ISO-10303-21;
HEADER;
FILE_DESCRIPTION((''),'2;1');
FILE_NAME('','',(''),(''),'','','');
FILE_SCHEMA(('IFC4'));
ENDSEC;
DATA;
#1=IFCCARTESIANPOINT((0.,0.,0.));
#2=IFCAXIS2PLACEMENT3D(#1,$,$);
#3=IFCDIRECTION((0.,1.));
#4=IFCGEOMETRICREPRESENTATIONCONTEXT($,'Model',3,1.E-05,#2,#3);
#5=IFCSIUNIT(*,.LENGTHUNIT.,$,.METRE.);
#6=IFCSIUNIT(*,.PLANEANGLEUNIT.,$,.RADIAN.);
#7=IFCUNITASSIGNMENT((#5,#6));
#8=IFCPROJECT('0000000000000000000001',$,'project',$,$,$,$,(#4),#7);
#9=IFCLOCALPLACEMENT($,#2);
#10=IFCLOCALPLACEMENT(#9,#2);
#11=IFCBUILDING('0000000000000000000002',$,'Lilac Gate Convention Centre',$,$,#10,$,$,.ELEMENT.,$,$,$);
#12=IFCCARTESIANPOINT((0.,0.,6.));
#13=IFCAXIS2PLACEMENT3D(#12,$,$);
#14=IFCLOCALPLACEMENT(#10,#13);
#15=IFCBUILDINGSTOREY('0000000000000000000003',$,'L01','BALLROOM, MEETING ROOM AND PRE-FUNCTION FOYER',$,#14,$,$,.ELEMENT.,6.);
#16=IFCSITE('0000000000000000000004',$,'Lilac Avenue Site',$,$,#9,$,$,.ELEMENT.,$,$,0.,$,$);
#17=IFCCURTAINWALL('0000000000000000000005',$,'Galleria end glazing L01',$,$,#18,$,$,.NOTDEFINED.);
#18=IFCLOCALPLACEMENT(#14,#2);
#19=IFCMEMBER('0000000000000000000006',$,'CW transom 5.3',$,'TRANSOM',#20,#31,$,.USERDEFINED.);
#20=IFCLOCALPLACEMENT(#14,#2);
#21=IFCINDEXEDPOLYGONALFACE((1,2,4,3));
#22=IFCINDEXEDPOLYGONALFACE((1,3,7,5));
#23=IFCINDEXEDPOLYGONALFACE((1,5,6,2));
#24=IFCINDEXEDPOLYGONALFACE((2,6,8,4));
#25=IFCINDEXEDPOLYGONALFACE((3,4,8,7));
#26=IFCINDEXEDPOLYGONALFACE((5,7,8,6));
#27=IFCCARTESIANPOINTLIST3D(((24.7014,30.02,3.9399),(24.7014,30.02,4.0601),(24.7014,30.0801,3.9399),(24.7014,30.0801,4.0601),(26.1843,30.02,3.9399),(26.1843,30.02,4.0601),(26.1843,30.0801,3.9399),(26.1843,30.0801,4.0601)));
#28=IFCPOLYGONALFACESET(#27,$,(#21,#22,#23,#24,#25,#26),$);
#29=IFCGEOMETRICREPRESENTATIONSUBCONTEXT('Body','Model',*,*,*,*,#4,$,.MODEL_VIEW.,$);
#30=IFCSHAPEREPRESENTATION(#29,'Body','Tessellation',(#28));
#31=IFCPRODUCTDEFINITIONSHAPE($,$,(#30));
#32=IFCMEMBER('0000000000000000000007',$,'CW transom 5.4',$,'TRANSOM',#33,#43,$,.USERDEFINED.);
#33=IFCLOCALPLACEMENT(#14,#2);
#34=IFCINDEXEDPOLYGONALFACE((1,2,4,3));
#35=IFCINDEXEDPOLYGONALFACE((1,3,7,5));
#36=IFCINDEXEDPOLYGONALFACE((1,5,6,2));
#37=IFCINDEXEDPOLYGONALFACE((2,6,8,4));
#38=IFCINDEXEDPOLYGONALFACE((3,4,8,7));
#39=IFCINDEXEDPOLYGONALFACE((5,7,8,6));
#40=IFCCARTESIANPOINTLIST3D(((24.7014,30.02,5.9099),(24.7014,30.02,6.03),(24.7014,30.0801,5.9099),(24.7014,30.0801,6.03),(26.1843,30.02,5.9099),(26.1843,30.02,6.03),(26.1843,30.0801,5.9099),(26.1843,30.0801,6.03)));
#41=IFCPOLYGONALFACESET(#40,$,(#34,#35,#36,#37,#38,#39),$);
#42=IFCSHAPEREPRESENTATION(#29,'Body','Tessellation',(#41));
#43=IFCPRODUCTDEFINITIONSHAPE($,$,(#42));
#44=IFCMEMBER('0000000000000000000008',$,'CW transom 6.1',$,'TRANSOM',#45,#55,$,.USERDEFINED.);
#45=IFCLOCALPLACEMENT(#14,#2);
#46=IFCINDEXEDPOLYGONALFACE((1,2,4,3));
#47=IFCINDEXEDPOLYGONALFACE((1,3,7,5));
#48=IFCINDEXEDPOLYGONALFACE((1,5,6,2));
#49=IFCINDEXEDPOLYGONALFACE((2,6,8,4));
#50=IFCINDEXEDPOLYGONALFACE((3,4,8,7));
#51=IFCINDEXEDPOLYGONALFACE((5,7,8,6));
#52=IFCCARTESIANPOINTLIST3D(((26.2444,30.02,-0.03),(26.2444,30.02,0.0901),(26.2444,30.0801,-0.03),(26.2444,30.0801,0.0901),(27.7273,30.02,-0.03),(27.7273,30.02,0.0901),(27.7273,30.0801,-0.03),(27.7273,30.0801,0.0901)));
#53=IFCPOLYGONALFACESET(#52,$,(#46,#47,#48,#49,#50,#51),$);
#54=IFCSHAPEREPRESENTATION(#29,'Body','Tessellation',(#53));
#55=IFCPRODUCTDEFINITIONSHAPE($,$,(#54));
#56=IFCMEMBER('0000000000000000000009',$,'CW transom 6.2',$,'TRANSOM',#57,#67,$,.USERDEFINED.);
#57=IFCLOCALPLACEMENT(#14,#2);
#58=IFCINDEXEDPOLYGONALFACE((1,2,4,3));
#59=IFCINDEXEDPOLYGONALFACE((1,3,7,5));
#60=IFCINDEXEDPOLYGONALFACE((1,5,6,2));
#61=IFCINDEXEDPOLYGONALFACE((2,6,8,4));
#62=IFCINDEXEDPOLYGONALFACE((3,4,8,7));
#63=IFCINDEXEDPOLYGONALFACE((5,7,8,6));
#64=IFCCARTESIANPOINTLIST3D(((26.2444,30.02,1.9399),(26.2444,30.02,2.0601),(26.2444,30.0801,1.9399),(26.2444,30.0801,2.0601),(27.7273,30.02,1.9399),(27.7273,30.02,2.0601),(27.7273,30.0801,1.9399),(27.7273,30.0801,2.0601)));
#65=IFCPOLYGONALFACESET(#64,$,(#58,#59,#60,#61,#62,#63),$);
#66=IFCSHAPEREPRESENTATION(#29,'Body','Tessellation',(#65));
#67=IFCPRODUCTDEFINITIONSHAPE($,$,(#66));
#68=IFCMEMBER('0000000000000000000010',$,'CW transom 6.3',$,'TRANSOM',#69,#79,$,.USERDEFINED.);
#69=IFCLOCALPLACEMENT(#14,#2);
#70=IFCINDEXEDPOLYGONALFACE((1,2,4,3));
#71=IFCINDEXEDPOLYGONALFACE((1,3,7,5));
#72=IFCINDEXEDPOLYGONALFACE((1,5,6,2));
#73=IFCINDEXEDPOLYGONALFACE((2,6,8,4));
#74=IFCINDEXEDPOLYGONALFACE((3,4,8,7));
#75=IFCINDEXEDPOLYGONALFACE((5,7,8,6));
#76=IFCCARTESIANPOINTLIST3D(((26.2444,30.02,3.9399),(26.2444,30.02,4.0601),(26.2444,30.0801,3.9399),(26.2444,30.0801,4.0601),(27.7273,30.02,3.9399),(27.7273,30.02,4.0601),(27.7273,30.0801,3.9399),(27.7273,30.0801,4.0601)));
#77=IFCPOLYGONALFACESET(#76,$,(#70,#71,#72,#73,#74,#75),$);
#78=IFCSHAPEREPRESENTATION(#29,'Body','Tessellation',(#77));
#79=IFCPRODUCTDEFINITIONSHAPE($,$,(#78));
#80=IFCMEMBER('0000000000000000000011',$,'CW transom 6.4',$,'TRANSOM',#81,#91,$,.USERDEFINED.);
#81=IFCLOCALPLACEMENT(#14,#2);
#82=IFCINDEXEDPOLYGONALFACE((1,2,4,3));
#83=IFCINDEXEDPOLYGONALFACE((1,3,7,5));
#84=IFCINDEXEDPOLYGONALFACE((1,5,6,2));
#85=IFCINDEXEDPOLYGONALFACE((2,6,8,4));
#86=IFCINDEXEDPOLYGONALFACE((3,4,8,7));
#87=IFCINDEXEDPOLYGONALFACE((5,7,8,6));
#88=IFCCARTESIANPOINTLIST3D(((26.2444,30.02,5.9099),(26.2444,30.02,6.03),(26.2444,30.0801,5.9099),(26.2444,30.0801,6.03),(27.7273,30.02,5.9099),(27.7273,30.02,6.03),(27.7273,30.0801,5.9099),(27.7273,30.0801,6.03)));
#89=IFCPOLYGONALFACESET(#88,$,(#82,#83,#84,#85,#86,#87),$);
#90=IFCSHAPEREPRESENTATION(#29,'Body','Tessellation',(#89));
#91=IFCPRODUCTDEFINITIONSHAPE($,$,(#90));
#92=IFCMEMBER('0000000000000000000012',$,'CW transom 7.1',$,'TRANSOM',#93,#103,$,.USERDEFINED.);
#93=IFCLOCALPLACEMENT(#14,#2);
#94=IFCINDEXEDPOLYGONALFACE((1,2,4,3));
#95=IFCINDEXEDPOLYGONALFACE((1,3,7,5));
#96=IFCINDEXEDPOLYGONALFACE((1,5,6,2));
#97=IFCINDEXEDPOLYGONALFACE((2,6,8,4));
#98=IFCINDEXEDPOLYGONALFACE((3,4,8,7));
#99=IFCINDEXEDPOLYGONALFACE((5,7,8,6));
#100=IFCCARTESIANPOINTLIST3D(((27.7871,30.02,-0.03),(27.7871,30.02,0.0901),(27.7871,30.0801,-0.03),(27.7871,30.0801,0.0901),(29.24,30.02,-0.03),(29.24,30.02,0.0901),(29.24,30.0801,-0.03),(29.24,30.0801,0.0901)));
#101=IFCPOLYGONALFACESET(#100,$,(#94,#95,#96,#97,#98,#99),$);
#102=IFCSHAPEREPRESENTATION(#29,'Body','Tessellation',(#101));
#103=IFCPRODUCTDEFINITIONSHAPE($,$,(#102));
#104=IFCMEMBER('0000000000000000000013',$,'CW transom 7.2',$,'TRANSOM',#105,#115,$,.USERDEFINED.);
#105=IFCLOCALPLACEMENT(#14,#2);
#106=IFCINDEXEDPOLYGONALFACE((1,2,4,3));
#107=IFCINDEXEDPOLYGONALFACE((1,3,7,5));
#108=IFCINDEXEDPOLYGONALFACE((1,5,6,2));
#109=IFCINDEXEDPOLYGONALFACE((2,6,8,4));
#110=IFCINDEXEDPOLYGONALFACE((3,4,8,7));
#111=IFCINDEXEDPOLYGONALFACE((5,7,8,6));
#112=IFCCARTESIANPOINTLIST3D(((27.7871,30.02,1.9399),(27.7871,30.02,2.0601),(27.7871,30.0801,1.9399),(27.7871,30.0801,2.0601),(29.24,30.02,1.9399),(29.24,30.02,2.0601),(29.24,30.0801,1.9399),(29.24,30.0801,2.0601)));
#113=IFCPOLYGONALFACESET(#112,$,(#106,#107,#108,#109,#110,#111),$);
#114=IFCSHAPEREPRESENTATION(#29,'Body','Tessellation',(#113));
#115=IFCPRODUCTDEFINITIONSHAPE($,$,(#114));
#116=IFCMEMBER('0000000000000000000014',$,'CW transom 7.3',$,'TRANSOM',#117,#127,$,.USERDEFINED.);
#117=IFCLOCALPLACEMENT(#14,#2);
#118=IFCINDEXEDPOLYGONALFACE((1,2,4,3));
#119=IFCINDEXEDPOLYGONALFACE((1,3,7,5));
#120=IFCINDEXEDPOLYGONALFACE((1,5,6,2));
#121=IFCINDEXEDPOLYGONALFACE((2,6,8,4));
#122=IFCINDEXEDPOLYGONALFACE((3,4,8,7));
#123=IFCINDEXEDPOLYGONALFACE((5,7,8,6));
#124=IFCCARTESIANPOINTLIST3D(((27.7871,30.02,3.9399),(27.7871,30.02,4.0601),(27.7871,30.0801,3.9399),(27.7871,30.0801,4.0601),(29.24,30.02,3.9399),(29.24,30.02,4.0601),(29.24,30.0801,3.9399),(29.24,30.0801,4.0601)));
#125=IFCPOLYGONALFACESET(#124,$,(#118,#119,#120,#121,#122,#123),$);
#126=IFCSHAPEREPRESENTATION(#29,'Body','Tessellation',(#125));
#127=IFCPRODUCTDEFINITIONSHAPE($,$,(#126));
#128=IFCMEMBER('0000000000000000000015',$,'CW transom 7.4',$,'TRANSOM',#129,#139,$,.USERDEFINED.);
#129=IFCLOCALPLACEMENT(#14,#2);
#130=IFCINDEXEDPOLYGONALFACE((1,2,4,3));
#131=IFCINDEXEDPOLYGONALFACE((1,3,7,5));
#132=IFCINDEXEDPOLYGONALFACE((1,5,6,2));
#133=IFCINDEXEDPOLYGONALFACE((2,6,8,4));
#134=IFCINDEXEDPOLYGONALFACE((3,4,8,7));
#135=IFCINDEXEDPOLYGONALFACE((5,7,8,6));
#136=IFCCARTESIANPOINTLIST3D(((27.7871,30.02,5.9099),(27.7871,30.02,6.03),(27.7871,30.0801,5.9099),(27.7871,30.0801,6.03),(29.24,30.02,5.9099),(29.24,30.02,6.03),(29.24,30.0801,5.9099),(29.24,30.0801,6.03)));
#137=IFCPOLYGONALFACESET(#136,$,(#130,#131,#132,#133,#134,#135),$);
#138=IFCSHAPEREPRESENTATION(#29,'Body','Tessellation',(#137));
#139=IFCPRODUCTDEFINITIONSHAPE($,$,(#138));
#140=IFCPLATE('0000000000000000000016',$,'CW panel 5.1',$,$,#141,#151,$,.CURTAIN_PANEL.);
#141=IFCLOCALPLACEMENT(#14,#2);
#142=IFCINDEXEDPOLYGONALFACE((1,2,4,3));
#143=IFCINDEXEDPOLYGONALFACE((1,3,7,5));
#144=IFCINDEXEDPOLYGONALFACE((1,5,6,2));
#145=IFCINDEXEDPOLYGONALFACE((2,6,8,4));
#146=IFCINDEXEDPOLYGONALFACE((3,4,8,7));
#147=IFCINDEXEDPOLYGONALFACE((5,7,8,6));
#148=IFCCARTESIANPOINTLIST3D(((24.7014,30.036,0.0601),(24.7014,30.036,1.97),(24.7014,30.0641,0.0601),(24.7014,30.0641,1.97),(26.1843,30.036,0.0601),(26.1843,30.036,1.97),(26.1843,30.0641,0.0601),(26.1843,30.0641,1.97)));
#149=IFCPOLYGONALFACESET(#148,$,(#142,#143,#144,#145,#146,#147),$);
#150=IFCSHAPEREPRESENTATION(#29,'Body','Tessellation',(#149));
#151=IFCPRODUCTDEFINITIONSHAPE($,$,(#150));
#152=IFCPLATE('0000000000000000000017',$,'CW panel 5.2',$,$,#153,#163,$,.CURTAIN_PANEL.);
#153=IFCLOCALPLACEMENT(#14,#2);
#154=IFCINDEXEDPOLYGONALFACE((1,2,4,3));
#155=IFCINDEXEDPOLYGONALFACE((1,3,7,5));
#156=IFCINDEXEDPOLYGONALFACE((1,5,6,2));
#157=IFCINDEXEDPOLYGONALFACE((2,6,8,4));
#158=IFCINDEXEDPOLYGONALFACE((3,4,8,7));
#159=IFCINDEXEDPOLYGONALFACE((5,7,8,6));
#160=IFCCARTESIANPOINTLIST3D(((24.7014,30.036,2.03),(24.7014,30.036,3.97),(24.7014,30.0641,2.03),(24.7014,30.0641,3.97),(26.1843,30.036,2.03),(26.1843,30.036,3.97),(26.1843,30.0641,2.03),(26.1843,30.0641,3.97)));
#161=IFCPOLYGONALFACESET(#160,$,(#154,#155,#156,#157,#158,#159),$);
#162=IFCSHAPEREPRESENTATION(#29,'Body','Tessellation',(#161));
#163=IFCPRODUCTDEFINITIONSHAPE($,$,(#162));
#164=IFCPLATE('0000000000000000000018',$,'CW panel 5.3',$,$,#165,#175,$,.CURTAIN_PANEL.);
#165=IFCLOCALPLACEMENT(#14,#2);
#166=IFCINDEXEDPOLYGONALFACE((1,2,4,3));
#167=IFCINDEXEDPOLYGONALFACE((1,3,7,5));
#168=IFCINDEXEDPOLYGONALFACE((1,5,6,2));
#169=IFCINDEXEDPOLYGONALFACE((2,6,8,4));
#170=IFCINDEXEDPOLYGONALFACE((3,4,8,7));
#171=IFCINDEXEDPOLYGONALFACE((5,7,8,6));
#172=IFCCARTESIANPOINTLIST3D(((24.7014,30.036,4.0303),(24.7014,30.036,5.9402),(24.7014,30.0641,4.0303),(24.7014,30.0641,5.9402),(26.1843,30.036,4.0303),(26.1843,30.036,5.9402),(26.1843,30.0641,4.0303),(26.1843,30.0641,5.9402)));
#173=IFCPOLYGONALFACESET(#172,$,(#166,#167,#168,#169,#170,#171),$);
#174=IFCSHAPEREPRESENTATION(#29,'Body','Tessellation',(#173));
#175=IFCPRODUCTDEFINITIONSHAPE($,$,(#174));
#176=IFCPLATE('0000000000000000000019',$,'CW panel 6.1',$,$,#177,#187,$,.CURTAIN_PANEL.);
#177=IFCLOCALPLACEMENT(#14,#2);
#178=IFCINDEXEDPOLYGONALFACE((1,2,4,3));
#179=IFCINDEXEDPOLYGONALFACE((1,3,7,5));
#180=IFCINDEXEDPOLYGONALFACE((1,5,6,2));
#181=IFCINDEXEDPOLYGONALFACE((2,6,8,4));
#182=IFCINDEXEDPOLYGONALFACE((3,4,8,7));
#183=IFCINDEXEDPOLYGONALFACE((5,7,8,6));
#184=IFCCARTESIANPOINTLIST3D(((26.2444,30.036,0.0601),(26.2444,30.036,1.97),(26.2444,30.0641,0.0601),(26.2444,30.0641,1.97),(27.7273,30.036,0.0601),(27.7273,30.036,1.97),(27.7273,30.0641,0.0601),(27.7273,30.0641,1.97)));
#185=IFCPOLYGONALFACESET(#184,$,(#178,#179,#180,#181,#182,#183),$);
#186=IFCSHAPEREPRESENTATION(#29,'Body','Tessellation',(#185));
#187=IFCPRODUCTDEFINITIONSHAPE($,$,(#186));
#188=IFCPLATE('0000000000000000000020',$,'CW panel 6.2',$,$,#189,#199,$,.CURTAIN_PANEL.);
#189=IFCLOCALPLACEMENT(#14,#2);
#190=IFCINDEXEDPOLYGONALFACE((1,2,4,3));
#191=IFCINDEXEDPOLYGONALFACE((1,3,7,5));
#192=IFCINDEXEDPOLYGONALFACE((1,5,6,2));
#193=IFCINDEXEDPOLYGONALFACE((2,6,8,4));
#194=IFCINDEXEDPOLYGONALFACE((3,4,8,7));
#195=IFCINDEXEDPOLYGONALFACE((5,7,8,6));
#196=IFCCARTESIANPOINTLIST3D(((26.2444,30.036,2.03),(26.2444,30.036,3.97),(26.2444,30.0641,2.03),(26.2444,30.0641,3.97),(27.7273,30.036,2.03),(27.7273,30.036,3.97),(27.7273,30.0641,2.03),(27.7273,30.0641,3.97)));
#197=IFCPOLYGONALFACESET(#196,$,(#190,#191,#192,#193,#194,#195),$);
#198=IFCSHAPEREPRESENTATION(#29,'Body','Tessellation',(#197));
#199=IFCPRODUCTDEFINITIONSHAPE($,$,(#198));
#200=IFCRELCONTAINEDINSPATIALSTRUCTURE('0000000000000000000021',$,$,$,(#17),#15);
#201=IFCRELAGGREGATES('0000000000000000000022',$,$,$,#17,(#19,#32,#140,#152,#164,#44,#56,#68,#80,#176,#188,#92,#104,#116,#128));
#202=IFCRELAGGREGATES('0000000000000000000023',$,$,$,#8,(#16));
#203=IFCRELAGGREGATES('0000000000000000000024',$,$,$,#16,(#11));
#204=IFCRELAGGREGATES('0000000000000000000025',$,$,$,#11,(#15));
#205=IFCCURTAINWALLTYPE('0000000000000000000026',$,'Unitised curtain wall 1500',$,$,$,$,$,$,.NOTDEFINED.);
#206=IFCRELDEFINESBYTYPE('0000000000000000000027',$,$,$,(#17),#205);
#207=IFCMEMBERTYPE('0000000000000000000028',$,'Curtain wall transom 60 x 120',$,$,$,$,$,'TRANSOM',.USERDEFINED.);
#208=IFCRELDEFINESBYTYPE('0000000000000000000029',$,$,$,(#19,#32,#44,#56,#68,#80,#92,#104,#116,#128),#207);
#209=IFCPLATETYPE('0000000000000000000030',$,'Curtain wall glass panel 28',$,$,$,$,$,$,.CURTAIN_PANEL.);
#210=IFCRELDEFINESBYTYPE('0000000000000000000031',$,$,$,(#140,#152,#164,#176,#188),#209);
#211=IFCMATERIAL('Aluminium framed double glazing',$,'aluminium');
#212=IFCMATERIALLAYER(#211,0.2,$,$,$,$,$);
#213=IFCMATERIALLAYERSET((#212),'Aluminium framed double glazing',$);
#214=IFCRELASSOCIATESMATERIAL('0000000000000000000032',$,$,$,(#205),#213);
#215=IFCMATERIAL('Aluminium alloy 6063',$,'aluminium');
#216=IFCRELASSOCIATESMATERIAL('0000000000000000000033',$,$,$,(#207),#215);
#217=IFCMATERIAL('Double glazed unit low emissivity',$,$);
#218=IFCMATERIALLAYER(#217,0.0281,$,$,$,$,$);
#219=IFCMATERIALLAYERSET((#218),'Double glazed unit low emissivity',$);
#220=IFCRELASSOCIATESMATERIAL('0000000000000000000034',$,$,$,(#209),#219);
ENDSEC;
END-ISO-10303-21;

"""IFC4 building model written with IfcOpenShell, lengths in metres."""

from ifc_helpers import new_model, si_unit, direction, frame, origin, origin_2d, place, context, subcontext, project, spatial, rectangle, extrude, material, layer, layer_set, material_profile, profile_set, type_object, element, aggregate, save


model = new_model("IFC4")

# Units and contexts
model_context = context("Model", 3, precision=1e-05, world=origin(), true_north=direction((0.0, 1.0)))
body_context = subcontext(model_context, "Body", "Model", "MODEL_VIEW")
ifc_project = project(units=[si_unit("LENGTHUNIT", "METRE"), si_unit("PLANEANGLEUNIT", "RADIAN")], contexts=[model_context])

# Site, building, storey
site_placement = place(None, origin())
site = spatial("IfcSite", under=ifc_project, at=site_placement, Name="Lilac Avenue Site", CompositionType="ELEMENT", RefElevation=0.0)
building_placement = place(site_placement, origin())
building = spatial("IfcBuilding", under=site, at=building_placement, Name="Lilac Gate Convention Centre", CompositionType="ELEMENT")
storey_placement = place(building_placement, frame((0.0, 0.0, 6.0)))
storey = spatial("IfcBuildingStorey", under=building, at=storey_placement, Name="L01", Description="BALLROOM, MEETING ROOM AND PRE-FUNCTION FOYER", CompositionType="ELEMENT", Elevation=6.0)

# Curtain wall, members, plates
ifc_material_1 = material(Name="Aluminium framed double glazing", Category="aluminium")
ifc_layer_1 = layer(ifc_material_1, 0.2)
ifc_layer_set_1 = layer_set([ifc_layer_1], Name="Aluminium framed double glazing")
curtain_wall_type = type_object("IfcCurtainWallType", Name="Unitised curtain wall 1500", PredefinedType="NOTDEFINED", material=ifc_layer_set_1)
curtain_wall_placement = place(storey_placement, origin())
curtain_wall = element("IfcCurtainWall", 1, at=curtain_wall_placement, inside=storey, type_object=curtain_wall_type, Name="Galleria end glazing L01", PredefinedType="NOTDEFINED")
ifc_material_2 = material(Name="Aluminium alloy 6063", Category="aluminium")
ifc_material_profile_1 = material_profile(ifc_material_2, rectangle(XDim=0.0601, YDim=0.1201, at=origin_2d()), Name="Curtain wall transom 60 x 120")
ifc_profile_set_1 = profile_set([ifc_material_profile_1], Name="Aluminium alloy 6063")
member_type_1 = type_object("IfcMemberType", Name="Curtain wall transom 60 x 120", ElementType="TRANSOM", PredefinedType="USERDEFINED", material=ifc_profile_set_1)
member_1_placement = place(storey_placement, frame((24.7014, 30.05, 4.0), z_axis=(1.0, 0.0, 0.0), x_axis=(0.0, 1.0, 0.0)))
member_1 = element("IfcMember", 2, at=member_1_placement, type_object=member_type_1, Name="CW transom 5.3", ObjectType="TRANSOM", PredefinedType="USERDEFINED", context=body_context, shape_type="SweptSolid", body=[
    extrude(rectangle(XDim=0.0601, YDim=0.1201, at=origin_2d()), origin(), (0.0, 0.0, 1.0), 1.4829),
])
member_2_placement = place(storey_placement, frame((24.7014, 30.05, 5.97), z_axis=(1.0, 0.0, 0.0), x_axis=(0.0, 1.0, 0.0)))
member_2 = element("IfcMember", 3, at=member_2_placement, type_object=member_type_1, Name="CW transom 5.4", ObjectType="TRANSOM", PredefinedType="USERDEFINED", context=body_context, shape_type="SweptSolid", body=[
    extrude(rectangle(XDim=0.0601, YDim=0.1201, at=origin_2d()), origin(), (0.0, 0.0, 1.0), 1.4829),
])
member_3_placement = place(storey_placement, frame((26.2444, 30.05, 0.03), z_axis=(1.0, 0.0, 0.0), x_axis=(0.0, 1.0, 0.0)))
member_3 = element("IfcMember", 4, at=member_3_placement, type_object=member_type_1, Name="CW transom 6.1", ObjectType="TRANSOM", PredefinedType="USERDEFINED", context=body_context, shape_type="SweptSolid", body=[
    extrude(rectangle(XDim=0.0601, YDim=0.1201, at=origin_2d()), origin(), (0.0, 0.0, 1.0), 1.4829),
])
member_4_placement = place(storey_placement, frame((26.2444, 30.05, 2.0), z_axis=(1.0, 0.0, 0.0), x_axis=(0.0, 1.0, 0.0)))
member_4 = element("IfcMember", 5, at=member_4_placement, type_object=member_type_1, Name="CW transom 6.2", ObjectType="TRANSOM", PredefinedType="USERDEFINED", context=body_context, shape_type="SweptSolid", body=[
    extrude(rectangle(XDim=0.0601, YDim=0.1201, at=origin_2d()), origin(), (0.0, 0.0, 1.0), 1.4829),
])
member_5_placement = place(storey_placement, frame((26.2444, 30.05, 4.0), z_axis=(1.0, 0.0, 0.0), x_axis=(0.0, 1.0, 0.0)))
member_5 = element("IfcMember", 6, at=member_5_placement, type_object=member_type_1, Name="CW transom 6.3", ObjectType="TRANSOM", PredefinedType="USERDEFINED", context=body_context, shape_type="SweptSolid", body=[
    extrude(rectangle(XDim=0.0601, YDim=0.1201, at=origin_2d()), origin(), (0.0, 0.0, 1.0), 1.4829),
])
member_6_placement = place(storey_placement, frame((26.2444, 30.05, 5.97), z_axis=(1.0, 0.0, 0.0), x_axis=(0.0, 1.0, 0.0)))
member_6 = element("IfcMember", 7, at=member_6_placement, type_object=member_type_1, Name="CW transom 6.4", ObjectType="TRANSOM", PredefinedType="USERDEFINED", context=body_context, shape_type="SweptSolid", body=[
    extrude(rectangle(XDim=0.0601, YDim=0.1201, at=origin_2d()), origin(), (0.0, 0.0, 1.0), 1.4829),
])
member_7_placement = place(storey_placement, frame((27.7871, 30.05, 0.03), z_axis=(1.0, 0.0, 0.0), x_axis=(0.0, 1.0, 0.0)))
member_7 = element("IfcMember", 8, at=member_7_placement, type_object=member_type_1, Name="CW transom 7.1", ObjectType="TRANSOM", PredefinedType="USERDEFINED", context=body_context, shape_type="SweptSolid", body=[
    extrude(rectangle(XDim=0.0601, YDim=0.1201, at=origin_2d()), origin(), (0.0, 0.0, 1.0), 1.4529),
])
member_8_placement = place(storey_placement, frame((27.7871, 30.05, 2.0), z_axis=(1.0, 0.0, 0.0), x_axis=(0.0, 1.0, 0.0)))
member_8 = element("IfcMember", 9, at=member_8_placement, type_object=member_type_1, Name="CW transom 7.2", ObjectType="TRANSOM", PredefinedType="USERDEFINED", context=body_context, shape_type="SweptSolid", body=[
    extrude(rectangle(XDim=0.0601, YDim=0.1201, at=origin_2d()), origin(), (0.0, 0.0, 1.0), 1.4529),
])
member_9_placement = place(storey_placement, frame((27.7871, 30.05, 4.0), z_axis=(1.0, 0.0, 0.0), x_axis=(0.0, 1.0, 0.0)))
member_9 = element("IfcMember", 10, at=member_9_placement, type_object=member_type_1, Name="CW transom 7.3", ObjectType="TRANSOM", PredefinedType="USERDEFINED", context=body_context, shape_type="SweptSolid", body=[
    extrude(rectangle(XDim=0.0601, YDim=0.1201, at=origin_2d()), origin(), (0.0, 0.0, 1.0), 1.4529),
])
member_10_placement = place(storey_placement, frame((27.7871, 30.05, 5.97), z_axis=(1.0, 0.0, 0.0), x_axis=(0.0, 1.0, 0.0)))
member_10 = element("IfcMember", 11, at=member_10_placement, type_object=member_type_1, Name="CW transom 7.4", ObjectType="TRANSOM", PredefinedType="USERDEFINED", context=body_context, shape_type="SweptSolid", body=[
    extrude(rectangle(XDim=0.0601, YDim=0.1201, at=origin_2d()), origin(), (0.0, 0.0, 1.0), 1.4529),
])
ifc_material_3 = material(Name="Double glazed unit low emissivity")
ifc_layer_2 = layer(ifc_material_3, 0.0281)
ifc_layer_set_2 = layer_set([ifc_layer_2], Name="Double glazed unit low emissivity")
plate_type = type_object("IfcPlateType", Name="Curtain wall glass panel 28", PredefinedType="CURTAIN_PANEL", material=ifc_layer_set_2)
plate_1_placement = place(storey_placement, frame((25.4429, 30.05, 0.0601), z_axis=(0.0, 0.0, 1.0), x_axis=(1.0, 0.0, 0.0)))
plate_1 = element("IfcPlate", 12, at=plate_1_placement, type_object=plate_type, Name="CW panel 5.1", PredefinedType="CURTAIN_PANEL", context=body_context, shape_type="SweptSolid", body=[
    extrude(rectangle(XDim=1.4829, YDim=0.0281, at=origin_2d()), origin(), (0.0, 0.0, 1.0), 1.9099),
])
plate_2_placement = place(storey_placement, frame((25.4429, 30.05, 2.03), z_axis=(0.0, 0.0, 1.0), x_axis=(1.0, 0.0, 0.0)))
plate_2 = element("IfcPlate", 13, at=plate_2_placement, type_object=plate_type, Name="CW panel 5.2", PredefinedType="CURTAIN_PANEL", context=body_context, shape_type="SweptSolid", body=[
    extrude(rectangle(XDim=1.4829, YDim=0.0281, at=origin_2d()), origin(), (0.0, 0.0, 1.0), 1.9399),
])
plate_3_placement = place(storey_placement, frame((25.4429, 30.05, 4.0303), z_axis=(0.0, 0.0, 1.0), x_axis=(1.0, 0.0, 0.0)))
plate_3 = element("IfcPlate", 14, at=plate_3_placement, type_object=plate_type, Name="CW panel 5.3", PredefinedType="CURTAIN_PANEL", context=body_context, shape_type="SweptSolid", body=[
    extrude(rectangle(XDim=1.4829, YDim=0.0281, at=origin_2d()), origin(), (0.0, 0.0, 1.0), 1.9099),
])
plate_4_placement = place(storey_placement, frame((26.9858, 30.05, 0.0601), z_axis=(0.0, 0.0, 1.0), x_axis=(1.0, 0.0, 0.0)))
plate_4 = element("IfcPlate", 15, at=plate_4_placement, type_object=plate_type, Name="CW panel 6.1", PredefinedType="CURTAIN_PANEL", context=body_context, shape_type="SweptSolid", body=[
    extrude(rectangle(XDim=1.4829, YDim=0.0281, at=origin_2d()), origin(), (0.0, 0.0, 1.0), 1.9099),
])
plate_5_placement = place(storey_placement, frame((26.9858, 30.05, 2.03), z_axis=(0.0, 0.0, 1.0), x_axis=(1.0, 0.0, 0.0)))
plate_5 = element("IfcPlate", 16, at=plate_5_placement, type_object=plate_type, Name="CW panel 6.2", PredefinedType="CURTAIN_PANEL", context=body_context, shape_type="SweptSolid", body=[
    extrude(rectangle(XDim=1.4829, YDim=0.0281, at=origin_2d()), origin(), (0.0, 0.0, 1.0), 1.9399),
])
aggregate(curtain_wall, [member_1, member_2, plate_1, plate_2, plate_3, member_3, member_4, member_5, member_6, plate_4, plate_5, member_7, member_8, member_9, member_10])

save(model, "model.ifc")
